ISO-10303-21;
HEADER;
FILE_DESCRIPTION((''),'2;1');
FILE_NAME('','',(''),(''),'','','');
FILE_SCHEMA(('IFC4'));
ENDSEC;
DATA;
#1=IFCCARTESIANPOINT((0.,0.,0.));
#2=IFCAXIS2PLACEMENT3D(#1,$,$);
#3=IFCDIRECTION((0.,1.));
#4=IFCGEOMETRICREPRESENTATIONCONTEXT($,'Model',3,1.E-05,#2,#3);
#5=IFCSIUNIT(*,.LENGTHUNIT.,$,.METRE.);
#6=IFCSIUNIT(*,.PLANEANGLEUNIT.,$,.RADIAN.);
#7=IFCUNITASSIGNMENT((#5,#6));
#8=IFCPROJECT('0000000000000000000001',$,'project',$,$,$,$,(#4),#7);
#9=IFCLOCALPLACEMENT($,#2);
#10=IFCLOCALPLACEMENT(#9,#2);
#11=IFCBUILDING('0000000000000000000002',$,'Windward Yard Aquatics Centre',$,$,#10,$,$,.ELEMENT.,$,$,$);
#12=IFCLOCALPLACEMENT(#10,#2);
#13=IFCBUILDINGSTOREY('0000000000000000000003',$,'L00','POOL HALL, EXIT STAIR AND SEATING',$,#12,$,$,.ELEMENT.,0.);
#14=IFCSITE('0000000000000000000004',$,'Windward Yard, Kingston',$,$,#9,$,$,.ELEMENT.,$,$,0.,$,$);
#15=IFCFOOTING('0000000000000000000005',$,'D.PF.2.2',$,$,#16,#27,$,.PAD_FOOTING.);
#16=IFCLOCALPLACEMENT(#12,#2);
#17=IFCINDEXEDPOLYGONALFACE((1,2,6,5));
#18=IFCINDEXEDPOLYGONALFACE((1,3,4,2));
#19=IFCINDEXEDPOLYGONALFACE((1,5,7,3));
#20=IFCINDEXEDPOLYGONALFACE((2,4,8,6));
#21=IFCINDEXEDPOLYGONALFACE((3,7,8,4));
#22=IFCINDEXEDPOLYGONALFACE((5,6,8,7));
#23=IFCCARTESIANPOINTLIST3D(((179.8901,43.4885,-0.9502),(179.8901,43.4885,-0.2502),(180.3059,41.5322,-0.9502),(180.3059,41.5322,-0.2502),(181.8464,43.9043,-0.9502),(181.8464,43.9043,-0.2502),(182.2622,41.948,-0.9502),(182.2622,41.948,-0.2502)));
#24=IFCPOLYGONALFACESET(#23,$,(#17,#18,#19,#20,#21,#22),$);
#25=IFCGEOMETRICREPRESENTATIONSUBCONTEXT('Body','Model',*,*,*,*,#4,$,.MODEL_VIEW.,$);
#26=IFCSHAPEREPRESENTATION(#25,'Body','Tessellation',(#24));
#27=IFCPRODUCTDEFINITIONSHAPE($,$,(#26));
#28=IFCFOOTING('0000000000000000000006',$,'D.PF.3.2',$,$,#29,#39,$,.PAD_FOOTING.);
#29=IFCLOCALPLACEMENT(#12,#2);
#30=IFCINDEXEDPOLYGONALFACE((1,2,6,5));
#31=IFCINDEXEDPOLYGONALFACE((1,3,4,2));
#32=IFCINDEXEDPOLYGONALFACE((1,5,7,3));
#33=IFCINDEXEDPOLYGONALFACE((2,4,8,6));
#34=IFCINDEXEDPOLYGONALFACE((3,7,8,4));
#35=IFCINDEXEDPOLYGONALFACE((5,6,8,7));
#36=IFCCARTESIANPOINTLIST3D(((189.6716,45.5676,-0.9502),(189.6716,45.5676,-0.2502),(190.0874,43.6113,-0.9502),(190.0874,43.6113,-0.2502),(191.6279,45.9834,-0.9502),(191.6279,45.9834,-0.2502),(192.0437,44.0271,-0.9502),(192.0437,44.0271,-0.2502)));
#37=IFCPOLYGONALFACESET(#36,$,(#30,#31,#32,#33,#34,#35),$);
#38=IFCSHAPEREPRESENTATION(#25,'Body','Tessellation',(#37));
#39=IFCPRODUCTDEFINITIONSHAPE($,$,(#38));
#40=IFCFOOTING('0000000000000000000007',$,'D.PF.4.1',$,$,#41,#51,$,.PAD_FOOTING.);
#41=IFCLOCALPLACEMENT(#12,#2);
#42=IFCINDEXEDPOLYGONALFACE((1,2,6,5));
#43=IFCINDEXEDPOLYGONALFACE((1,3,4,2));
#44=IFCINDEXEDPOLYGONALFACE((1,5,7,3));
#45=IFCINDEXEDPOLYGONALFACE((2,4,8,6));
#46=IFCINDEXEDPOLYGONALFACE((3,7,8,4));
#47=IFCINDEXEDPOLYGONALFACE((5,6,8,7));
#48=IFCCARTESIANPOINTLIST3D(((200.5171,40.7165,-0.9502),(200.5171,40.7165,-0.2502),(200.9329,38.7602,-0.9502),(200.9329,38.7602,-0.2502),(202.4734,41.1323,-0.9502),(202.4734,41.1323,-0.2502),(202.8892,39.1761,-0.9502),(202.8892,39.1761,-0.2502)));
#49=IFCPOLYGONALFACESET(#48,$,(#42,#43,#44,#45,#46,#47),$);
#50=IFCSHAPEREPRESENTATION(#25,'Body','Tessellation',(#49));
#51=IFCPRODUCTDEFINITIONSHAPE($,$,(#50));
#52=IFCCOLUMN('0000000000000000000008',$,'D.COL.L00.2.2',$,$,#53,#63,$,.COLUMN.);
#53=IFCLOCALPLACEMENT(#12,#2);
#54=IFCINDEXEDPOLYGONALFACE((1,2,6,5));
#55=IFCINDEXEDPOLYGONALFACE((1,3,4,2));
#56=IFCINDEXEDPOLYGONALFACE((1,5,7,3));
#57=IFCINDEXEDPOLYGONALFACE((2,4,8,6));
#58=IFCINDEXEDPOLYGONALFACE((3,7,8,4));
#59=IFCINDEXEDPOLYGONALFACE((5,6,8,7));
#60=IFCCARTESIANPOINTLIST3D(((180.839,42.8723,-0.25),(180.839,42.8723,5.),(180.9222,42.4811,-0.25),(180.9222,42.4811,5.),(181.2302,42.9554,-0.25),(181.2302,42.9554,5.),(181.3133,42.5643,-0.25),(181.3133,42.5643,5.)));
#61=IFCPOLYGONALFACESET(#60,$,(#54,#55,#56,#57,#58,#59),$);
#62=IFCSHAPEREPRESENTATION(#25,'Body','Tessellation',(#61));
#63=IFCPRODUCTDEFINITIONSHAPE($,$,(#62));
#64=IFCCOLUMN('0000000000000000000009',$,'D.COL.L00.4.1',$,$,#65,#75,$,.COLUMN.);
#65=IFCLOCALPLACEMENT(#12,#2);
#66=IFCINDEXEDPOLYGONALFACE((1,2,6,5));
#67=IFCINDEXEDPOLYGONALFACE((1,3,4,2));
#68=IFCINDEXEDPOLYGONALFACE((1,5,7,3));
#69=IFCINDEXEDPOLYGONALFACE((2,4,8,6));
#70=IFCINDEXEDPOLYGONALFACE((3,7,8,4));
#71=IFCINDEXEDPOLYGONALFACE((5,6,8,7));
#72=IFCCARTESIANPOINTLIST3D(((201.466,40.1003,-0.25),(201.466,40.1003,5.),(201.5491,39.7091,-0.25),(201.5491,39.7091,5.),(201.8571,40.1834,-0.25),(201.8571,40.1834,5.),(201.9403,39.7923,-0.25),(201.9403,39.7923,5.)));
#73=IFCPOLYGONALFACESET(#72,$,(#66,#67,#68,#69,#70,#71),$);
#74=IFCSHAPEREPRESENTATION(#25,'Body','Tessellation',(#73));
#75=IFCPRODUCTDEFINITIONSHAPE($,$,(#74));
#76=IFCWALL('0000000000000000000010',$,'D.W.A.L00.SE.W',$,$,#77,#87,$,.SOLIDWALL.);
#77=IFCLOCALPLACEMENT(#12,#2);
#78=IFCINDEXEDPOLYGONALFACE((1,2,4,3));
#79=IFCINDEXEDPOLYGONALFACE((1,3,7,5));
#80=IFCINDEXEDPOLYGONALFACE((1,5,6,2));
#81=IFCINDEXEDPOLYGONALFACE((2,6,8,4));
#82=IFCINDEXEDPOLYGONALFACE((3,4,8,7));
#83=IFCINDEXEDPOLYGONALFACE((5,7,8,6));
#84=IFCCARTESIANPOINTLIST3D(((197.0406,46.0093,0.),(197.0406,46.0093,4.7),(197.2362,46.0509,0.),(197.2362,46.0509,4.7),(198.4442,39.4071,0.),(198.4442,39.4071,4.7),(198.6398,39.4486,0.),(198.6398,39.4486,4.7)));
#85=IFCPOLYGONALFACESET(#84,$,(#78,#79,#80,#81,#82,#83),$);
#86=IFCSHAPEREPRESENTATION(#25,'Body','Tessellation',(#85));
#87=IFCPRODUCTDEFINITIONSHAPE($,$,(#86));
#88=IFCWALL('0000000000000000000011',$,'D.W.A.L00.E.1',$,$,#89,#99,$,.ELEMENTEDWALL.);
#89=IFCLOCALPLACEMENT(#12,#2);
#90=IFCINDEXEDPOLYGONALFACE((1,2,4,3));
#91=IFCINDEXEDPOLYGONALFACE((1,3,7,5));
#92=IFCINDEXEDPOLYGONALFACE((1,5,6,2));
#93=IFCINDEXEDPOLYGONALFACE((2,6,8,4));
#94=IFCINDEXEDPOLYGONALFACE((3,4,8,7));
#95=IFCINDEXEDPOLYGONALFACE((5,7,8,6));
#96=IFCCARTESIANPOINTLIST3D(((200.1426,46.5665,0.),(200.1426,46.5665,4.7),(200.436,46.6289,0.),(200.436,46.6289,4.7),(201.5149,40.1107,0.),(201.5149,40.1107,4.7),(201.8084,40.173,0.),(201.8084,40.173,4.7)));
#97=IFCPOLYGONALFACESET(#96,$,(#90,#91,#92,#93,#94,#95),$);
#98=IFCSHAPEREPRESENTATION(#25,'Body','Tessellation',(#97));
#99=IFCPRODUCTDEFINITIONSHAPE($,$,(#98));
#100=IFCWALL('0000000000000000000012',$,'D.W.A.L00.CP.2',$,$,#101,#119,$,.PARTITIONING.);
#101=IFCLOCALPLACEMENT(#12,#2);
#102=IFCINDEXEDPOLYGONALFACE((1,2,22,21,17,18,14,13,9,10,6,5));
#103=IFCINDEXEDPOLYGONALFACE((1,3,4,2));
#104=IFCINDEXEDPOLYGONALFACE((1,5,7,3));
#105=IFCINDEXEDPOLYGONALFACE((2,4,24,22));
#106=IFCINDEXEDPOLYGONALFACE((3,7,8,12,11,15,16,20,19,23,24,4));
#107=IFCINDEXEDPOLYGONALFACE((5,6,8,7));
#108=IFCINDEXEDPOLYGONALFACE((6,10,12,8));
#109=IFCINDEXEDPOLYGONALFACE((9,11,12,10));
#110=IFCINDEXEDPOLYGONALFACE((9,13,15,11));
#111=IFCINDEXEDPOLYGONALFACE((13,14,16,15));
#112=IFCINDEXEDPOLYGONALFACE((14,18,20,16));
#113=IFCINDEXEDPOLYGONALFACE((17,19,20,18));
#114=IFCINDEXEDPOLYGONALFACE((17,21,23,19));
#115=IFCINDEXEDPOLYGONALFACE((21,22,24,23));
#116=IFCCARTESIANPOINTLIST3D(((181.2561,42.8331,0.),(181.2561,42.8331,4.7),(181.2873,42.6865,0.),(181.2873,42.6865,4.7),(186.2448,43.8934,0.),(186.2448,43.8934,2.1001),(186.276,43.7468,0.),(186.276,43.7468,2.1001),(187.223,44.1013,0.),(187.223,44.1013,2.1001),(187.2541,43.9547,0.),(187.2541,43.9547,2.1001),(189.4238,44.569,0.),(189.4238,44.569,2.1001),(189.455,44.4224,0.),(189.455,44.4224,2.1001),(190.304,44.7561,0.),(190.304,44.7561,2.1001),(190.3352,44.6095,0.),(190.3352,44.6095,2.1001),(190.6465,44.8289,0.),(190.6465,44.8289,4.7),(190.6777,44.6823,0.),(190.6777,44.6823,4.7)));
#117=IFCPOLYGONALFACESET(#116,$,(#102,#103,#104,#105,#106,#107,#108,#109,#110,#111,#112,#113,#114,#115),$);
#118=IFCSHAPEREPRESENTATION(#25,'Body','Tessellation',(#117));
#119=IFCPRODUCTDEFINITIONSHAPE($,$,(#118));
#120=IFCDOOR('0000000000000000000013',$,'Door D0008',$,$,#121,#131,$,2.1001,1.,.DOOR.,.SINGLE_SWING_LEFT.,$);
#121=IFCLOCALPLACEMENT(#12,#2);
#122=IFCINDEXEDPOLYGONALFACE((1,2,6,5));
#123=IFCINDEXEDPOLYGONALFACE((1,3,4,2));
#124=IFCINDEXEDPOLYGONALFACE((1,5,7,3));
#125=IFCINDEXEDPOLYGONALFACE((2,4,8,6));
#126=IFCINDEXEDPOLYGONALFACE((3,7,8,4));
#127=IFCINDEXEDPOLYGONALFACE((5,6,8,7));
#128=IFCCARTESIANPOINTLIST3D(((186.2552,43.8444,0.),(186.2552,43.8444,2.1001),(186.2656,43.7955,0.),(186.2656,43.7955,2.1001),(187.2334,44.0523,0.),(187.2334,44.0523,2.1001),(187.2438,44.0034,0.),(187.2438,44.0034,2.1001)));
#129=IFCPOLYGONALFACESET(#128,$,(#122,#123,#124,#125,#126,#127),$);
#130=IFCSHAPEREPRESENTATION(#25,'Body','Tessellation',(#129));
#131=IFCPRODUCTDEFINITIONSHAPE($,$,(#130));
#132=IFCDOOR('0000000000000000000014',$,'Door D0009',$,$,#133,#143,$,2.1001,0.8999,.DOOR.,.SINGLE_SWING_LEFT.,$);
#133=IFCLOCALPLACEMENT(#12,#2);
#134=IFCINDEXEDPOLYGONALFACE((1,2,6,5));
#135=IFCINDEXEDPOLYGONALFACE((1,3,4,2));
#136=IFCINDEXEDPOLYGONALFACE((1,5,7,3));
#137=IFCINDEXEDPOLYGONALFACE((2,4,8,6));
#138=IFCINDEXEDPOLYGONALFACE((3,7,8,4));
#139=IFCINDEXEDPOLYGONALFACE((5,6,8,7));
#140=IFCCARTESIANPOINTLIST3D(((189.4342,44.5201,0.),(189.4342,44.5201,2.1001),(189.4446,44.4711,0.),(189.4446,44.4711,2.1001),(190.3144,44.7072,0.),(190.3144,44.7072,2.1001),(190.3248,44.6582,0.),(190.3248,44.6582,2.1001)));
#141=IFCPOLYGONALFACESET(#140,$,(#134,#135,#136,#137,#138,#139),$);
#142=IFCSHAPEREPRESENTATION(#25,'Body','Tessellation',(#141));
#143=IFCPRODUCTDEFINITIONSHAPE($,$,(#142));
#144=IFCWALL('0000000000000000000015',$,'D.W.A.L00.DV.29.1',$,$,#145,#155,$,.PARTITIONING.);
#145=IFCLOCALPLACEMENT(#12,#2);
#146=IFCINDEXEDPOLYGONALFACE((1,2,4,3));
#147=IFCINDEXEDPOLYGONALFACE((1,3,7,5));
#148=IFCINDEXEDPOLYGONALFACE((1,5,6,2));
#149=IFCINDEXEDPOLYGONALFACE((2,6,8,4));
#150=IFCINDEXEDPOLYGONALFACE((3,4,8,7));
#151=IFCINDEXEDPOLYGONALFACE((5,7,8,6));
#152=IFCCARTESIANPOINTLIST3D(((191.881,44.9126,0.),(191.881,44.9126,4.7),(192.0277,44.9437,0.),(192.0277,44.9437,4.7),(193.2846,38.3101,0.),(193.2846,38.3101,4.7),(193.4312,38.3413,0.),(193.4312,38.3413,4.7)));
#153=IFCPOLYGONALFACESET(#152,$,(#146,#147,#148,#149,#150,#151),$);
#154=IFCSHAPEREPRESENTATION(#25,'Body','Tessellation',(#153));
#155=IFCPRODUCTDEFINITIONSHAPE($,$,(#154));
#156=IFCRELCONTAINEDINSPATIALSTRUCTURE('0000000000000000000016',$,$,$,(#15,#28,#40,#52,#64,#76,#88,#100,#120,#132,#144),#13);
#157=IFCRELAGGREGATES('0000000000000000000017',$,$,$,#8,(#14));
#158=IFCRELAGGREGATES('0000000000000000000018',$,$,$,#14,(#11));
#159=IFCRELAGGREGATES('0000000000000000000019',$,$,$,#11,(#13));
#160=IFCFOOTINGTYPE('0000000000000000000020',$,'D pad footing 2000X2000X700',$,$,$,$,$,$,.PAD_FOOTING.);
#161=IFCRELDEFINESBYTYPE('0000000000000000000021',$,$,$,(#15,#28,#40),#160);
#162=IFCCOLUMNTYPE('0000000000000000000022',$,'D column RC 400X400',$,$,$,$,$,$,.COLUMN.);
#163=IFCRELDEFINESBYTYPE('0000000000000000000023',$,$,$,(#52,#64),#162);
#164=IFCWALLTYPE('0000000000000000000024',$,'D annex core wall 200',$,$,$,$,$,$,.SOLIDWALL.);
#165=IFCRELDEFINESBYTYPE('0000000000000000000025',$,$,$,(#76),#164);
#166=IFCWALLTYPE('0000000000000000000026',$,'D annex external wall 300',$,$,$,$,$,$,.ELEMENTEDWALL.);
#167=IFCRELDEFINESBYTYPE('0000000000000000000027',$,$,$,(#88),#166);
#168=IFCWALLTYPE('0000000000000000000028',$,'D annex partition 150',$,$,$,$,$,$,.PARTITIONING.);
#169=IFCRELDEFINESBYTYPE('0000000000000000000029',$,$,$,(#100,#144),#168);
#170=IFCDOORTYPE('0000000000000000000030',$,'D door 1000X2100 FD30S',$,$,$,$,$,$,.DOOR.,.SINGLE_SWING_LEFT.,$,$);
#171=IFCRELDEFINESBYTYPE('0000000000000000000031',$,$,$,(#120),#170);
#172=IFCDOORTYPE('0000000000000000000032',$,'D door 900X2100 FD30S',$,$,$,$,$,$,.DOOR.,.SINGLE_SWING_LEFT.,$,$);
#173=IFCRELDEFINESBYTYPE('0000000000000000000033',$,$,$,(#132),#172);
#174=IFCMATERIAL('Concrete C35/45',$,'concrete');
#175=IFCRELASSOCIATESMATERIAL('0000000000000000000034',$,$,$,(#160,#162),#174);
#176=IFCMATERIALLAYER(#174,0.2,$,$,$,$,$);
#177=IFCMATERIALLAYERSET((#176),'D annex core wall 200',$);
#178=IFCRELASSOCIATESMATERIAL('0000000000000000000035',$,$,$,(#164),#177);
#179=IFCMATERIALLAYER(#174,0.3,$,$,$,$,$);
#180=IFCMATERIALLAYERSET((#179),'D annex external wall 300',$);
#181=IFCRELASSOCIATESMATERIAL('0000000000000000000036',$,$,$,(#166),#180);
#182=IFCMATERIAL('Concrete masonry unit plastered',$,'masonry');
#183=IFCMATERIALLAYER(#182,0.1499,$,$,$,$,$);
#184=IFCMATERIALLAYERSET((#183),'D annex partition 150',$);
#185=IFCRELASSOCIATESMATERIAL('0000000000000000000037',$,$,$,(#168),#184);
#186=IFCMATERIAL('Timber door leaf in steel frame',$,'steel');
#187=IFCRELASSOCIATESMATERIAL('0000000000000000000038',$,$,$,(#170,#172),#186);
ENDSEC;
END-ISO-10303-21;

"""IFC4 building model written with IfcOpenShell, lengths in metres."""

from ifc_helpers import new_model, si_unit, direction, frame, frame_2d, origin, origin_2d, place, context, subcontext, project, spatial, rectangle, extrude, material, layer, layer_set, material_profile, profile_set, type_object, element, fill, save


model = new_model("IFC4")

# Units and contexts
model_context = context("Model", 3, precision=1e-05, world=origin(), true_north=direction((0.0, 1.0)))
body_context = subcontext(model_context, "Body", "Model", "MODEL_VIEW")
ifc_project = project(units=[si_unit("LENGTHUNIT", "METRE"), si_unit("PLANEANGLEUNIT", "RADIAN")], contexts=[model_context])

# Site, building, storey
site_placement = place(None, origin())
site = spatial("IfcSite", under=ifc_project, at=site_placement, Name="Windward Yard, Kingston", CompositionType="ELEMENT", RefElevation=0.0)
building_placement = place(site_placement, origin())
building = spatial("IfcBuilding", under=site, at=building_placement, Name="Windward Yard Aquatics Centre", CompositionType="ELEMENT")
storey_placement = place(building_placement, origin())
storey = spatial("IfcBuildingStorey", under=building, at=storey_placement, Name="L00", Description="POOL HALL, EXIT STAIR AND SEATING", CompositionType="ELEMENT", Elevation=0.0)

# Footings
ifc_material_1 = material(Name="Concrete C35/45", Category="concrete")
footing_type = type_object("IfcFootingType", Name="D pad footing 2000X2000X700", PredefinedType="PAD_FOOTING", material=ifc_material_1)
for number, where, z_axis, x_axis, name in (
    (1, (181.0762, 42.7183, -0.9502), (0.0, 0.0, 1.0), (0.978148, 0.207912, 0.0), "D.PF.2.2"),
    (2, (190.8577, 44.7974, -0.9502), (0.0, 0.0, 1.0), (0.978148, 0.207912, 0.0), "D.PF.3.2"),
    (3, (201.7031, 39.9463, -0.9502), (0.0, 0.0, 1.0), (0.978148, 0.207912, 0.0), "D.PF.4.1"),
):
    element("IfcFooting", number, at=place(storey_placement, frame(where, z_axis=z_axis, x_axis=x_axis)), inside=storey, type_object=footing_type, Name=name, PredefinedType="PAD_FOOTING", context=body_context, shape_type="SweptSolid", body=[
        extrude(rectangle(XDim=2.0, YDim=2.0, at=origin_2d()), origin(), (0.0, 0.0, 1.0), 0.7),
    ])

# Columns
ifc_material_profile = material_profile(ifc_material_1, rectangle(XDim=0.3999, YDim=0.3999, at=origin_2d()), Name="RC 400X400")
ifc_profile_set = profile_set([ifc_material_profile], Name="Concrete C35/45")
column_type = type_object("IfcColumnType", Name="D column RC 400X400", PredefinedType="COLUMN", material=ifc_profile_set)
for number, where, z_axis, x_axis, name in (
    (4, (181.0762, 42.7183, -0.25), (0.0, 0.0, 1.0), (0.978148, 0.207912, 0.0), "D.COL.L00.2.2"),
    (5, (201.7031, 39.9463, -0.25), (0.0, 0.0, 1.0), (0.978148, 0.207912, 0.0), "D.COL.L00.4.1"),
):
    element("IfcColumn", number, at=place(storey_placement, frame(where, z_axis=z_axis, x_axis=x_axis)), inside=storey, type_object=column_type, Name=name, PredefinedType="COLUMN", context=body_context, shape_type="SweptSolid", body=[
        extrude(rectangle(XDim=0.3999, YDim=0.3999, at=origin_2d()), origin(), (0.0, 0.0, 1.0), 5.25),
    ])

# Walls
ifc_layer_1 = layer(ifc_material_1, 0.2)
ifc_layer_set_1 = layer_set([ifc_layer_1], Name="D annex core wall 200")
wall_type_1 = type_object("IfcWallType", Name="D annex core wall 200", PredefinedType="SOLIDWALL", material=ifc_layer_set_1)
wall_1_placement = place(storey_placement, frame((198.542, 39.4277, 0.0), z_axis=(0.0, 0.0, 1.0), x_axis=(-0.207941, 0.978141, 0.0)))
element("IfcWall", 6, at=wall_1_placement, inside=storey, type_object=wall_type_1, Name="D.W.A.L00.SE.W", PredefinedType="SOLIDWALL", context=body_context, shape_type="SweptSolid", body=[
    extrude(rectangle(XDim=6.7498, YDim=0.2, at=frame_2d((3.375, 0.0))), origin(), (0.0, 0.0, 1.0), 4.7),
])
ifc_layer_2 = layer(ifc_material_1, 0.3)
ifc_layer_set_2 = layer_set([ifc_layer_2], Name="D annex external wall 300")
wall_type_2 = type_object("IfcWallType", Name="D annex external wall 300", PredefinedType="ELEMENTEDWALL", material=ifc_layer_set_2)
wall_2_placement = place(storey_placement, frame((201.6616, 40.1418, 0.0), z_axis=(0.0, 0.0, 1.0), x_axis=(-0.207925, 0.978145, 0.0)))
element("IfcWall", 7, at=wall_2_placement, inside=storey, type_object=wall_type_2, Name="D.W.A.L00.E.1", PredefinedType="ELEMENTEDWALL", context=body_context, shape_type="SweptSolid", body=[
    extrude(rectangle(XDim=6.6001, YDim=0.3, at=frame_2d((3.3, 0.0))), origin(), (0.0, 0.0, 1.0), 4.7),
])

# Wall, openings, doors
ifc_material_2 = material(Name="Concrete masonry unit plastered", Category="masonry")
ifc_layer_3 = layer(ifc_material_2, 0.1499)
ifc_layer_set_3 = layer_set([ifc_layer_3], Name="D annex partition 150")
wall_type_3 = type_object("IfcWallType", Name="D annex partition 150", PredefinedType="PARTITIONING", material=ifc_layer_set_3)
wall_3_placement = place(storey_placement, frame((181.2717, 42.7598, 0.0), z_axis=(0.0, 0.0, 1.0), x_axis=(0.978151, 0.207898, 0.0)))
wall_3 = element("IfcWall", 8, at=wall_3_placement, inside=storey, type_object=wall_type_3, Name="D.W.A.L00.CP.2", PredefinedType="PARTITIONING", context=body_context, shape_type="SweptSolid", body=[
    extrude(rectangle(XDim=9.6001, YDim=0.1499, at=frame_2d((4.8, 0.0))), origin(), (0.0, 0.0, 1.0), 4.7),
])
opening_1_placement = place(wall_3_placement, frame((5.1001, 0.0, 0.0)))
opening_1 = element("IfcOpeningElement", 9, at=opening_1_placement, cuts=wall_3, PredefinedType="OPENING", context=body_context, shape_type="SweptSolid", body=[
    extrude(rectangle(XDim=1.0, YDim=2.1001, at=frame_2d((0.5, 1.05))), frame((0.0, 0.085, 0.0), z_axis=(0.0, -1.0, 0.0), x_axis=(1.0, 0.0, 0.0)), (0.0, 0.0, 1.0), 0.1699),
])
opening_2_placement = place(wall_3_placement, frame((8.3501, 0.0, 0.0)))
opening_2 = element("IfcOpeningElement", 10, at=opening_2_placement, cuts=wall_3, PredefinedType="OPENING", context=body_context, shape_type="SweptSolid", body=[
    extrude(rectangle(XDim=0.8999, YDim=2.1001, at=frame_2d((0.45, 1.05))), frame((0.0, 0.085, 0.0), z_axis=(0.0, -1.0, 0.0), x_axis=(1.0, 0.0, 0.0)), (0.0, 0.0, 1.0), 0.1699),
])
ifc_material_3 = material(Name="Timber door leaf in steel frame", Category="steel")
door_type_1 = type_object("IfcDoorType", Name="D door 1000X2100 FD30S", OperationType="SINGLE_SWING_LEFT", PredefinedType="DOOR", material=ifc_material_3)
door_1_placement = place(opening_1_placement, origin())
door_1 = element("IfcDoor", 11, at=door_1_placement, inside=storey, type_object=door_type_1, Name="Door D0008", OperationType="SINGLE_SWING_LEFT", OverallHeight=2.1001, OverallWidth=1.0, PredefinedType="DOOR", context=body_context, shape_type="SweptSolid", body=[
    extrude(rectangle(XDim=1.0, YDim=2.1001, at=frame_2d((0.5, 1.05))), frame((0.0, 0.0249, 0.0), z_axis=(0.0, -1.0, 0.0), x_axis=(1.0, 0.0, 0.0)), (0.0, 0.0, 1.0), 0.05),
])
fill(opening_1, door_1)
door_type_2 = type_object("IfcDoorType", Name="D door 900X2100 FD30S", OperationType="SINGLE_SWING_LEFT", PredefinedType="DOOR", material=ifc_material_3)
door_2_placement = place(opening_2_placement, origin())
door_2 = element("IfcDoor", 12, at=door_2_placement, inside=storey, type_object=door_type_2, Name="Door D0009", OperationType="SINGLE_SWING_LEFT", OverallHeight=2.1001, OverallWidth=0.8999, PredefinedType="DOOR", context=body_context, shape_type="SweptSolid", body=[
    extrude(rectangle(XDim=0.8999, YDim=2.1001, at=frame_2d((0.45, 1.05))), frame((0.0, 0.0249, 0.0), z_axis=(0.0, -1.0, 0.0), x_axis=(1.0, 0.0, 0.0)), (0.0, 0.0, 1.0), 0.05),
])
fill(opening_2, door_2)

# Wall
wall_4_placement = place(storey_placement, frame((193.3579, 38.3257, 0.0), z_axis=(0.0, 0.0, 1.0), x_axis=(-0.207933, 0.978143, 0.0)))
element("IfcWall", 13, at=wall_4_placement, inside=storey, type_object=wall_type_3, Name="D.W.A.L00.DV.29.1", PredefinedType="PARTITIONING", context=body_context, shape_type="SweptSolid", body=[
    extrude(rectangle(XDim=6.75, YDim=0.1499, at=frame_2d((3.375, 0.0))), origin(), (0.0, 0.0, 1.0), 4.7),
])

save(model, "model.ifc")
